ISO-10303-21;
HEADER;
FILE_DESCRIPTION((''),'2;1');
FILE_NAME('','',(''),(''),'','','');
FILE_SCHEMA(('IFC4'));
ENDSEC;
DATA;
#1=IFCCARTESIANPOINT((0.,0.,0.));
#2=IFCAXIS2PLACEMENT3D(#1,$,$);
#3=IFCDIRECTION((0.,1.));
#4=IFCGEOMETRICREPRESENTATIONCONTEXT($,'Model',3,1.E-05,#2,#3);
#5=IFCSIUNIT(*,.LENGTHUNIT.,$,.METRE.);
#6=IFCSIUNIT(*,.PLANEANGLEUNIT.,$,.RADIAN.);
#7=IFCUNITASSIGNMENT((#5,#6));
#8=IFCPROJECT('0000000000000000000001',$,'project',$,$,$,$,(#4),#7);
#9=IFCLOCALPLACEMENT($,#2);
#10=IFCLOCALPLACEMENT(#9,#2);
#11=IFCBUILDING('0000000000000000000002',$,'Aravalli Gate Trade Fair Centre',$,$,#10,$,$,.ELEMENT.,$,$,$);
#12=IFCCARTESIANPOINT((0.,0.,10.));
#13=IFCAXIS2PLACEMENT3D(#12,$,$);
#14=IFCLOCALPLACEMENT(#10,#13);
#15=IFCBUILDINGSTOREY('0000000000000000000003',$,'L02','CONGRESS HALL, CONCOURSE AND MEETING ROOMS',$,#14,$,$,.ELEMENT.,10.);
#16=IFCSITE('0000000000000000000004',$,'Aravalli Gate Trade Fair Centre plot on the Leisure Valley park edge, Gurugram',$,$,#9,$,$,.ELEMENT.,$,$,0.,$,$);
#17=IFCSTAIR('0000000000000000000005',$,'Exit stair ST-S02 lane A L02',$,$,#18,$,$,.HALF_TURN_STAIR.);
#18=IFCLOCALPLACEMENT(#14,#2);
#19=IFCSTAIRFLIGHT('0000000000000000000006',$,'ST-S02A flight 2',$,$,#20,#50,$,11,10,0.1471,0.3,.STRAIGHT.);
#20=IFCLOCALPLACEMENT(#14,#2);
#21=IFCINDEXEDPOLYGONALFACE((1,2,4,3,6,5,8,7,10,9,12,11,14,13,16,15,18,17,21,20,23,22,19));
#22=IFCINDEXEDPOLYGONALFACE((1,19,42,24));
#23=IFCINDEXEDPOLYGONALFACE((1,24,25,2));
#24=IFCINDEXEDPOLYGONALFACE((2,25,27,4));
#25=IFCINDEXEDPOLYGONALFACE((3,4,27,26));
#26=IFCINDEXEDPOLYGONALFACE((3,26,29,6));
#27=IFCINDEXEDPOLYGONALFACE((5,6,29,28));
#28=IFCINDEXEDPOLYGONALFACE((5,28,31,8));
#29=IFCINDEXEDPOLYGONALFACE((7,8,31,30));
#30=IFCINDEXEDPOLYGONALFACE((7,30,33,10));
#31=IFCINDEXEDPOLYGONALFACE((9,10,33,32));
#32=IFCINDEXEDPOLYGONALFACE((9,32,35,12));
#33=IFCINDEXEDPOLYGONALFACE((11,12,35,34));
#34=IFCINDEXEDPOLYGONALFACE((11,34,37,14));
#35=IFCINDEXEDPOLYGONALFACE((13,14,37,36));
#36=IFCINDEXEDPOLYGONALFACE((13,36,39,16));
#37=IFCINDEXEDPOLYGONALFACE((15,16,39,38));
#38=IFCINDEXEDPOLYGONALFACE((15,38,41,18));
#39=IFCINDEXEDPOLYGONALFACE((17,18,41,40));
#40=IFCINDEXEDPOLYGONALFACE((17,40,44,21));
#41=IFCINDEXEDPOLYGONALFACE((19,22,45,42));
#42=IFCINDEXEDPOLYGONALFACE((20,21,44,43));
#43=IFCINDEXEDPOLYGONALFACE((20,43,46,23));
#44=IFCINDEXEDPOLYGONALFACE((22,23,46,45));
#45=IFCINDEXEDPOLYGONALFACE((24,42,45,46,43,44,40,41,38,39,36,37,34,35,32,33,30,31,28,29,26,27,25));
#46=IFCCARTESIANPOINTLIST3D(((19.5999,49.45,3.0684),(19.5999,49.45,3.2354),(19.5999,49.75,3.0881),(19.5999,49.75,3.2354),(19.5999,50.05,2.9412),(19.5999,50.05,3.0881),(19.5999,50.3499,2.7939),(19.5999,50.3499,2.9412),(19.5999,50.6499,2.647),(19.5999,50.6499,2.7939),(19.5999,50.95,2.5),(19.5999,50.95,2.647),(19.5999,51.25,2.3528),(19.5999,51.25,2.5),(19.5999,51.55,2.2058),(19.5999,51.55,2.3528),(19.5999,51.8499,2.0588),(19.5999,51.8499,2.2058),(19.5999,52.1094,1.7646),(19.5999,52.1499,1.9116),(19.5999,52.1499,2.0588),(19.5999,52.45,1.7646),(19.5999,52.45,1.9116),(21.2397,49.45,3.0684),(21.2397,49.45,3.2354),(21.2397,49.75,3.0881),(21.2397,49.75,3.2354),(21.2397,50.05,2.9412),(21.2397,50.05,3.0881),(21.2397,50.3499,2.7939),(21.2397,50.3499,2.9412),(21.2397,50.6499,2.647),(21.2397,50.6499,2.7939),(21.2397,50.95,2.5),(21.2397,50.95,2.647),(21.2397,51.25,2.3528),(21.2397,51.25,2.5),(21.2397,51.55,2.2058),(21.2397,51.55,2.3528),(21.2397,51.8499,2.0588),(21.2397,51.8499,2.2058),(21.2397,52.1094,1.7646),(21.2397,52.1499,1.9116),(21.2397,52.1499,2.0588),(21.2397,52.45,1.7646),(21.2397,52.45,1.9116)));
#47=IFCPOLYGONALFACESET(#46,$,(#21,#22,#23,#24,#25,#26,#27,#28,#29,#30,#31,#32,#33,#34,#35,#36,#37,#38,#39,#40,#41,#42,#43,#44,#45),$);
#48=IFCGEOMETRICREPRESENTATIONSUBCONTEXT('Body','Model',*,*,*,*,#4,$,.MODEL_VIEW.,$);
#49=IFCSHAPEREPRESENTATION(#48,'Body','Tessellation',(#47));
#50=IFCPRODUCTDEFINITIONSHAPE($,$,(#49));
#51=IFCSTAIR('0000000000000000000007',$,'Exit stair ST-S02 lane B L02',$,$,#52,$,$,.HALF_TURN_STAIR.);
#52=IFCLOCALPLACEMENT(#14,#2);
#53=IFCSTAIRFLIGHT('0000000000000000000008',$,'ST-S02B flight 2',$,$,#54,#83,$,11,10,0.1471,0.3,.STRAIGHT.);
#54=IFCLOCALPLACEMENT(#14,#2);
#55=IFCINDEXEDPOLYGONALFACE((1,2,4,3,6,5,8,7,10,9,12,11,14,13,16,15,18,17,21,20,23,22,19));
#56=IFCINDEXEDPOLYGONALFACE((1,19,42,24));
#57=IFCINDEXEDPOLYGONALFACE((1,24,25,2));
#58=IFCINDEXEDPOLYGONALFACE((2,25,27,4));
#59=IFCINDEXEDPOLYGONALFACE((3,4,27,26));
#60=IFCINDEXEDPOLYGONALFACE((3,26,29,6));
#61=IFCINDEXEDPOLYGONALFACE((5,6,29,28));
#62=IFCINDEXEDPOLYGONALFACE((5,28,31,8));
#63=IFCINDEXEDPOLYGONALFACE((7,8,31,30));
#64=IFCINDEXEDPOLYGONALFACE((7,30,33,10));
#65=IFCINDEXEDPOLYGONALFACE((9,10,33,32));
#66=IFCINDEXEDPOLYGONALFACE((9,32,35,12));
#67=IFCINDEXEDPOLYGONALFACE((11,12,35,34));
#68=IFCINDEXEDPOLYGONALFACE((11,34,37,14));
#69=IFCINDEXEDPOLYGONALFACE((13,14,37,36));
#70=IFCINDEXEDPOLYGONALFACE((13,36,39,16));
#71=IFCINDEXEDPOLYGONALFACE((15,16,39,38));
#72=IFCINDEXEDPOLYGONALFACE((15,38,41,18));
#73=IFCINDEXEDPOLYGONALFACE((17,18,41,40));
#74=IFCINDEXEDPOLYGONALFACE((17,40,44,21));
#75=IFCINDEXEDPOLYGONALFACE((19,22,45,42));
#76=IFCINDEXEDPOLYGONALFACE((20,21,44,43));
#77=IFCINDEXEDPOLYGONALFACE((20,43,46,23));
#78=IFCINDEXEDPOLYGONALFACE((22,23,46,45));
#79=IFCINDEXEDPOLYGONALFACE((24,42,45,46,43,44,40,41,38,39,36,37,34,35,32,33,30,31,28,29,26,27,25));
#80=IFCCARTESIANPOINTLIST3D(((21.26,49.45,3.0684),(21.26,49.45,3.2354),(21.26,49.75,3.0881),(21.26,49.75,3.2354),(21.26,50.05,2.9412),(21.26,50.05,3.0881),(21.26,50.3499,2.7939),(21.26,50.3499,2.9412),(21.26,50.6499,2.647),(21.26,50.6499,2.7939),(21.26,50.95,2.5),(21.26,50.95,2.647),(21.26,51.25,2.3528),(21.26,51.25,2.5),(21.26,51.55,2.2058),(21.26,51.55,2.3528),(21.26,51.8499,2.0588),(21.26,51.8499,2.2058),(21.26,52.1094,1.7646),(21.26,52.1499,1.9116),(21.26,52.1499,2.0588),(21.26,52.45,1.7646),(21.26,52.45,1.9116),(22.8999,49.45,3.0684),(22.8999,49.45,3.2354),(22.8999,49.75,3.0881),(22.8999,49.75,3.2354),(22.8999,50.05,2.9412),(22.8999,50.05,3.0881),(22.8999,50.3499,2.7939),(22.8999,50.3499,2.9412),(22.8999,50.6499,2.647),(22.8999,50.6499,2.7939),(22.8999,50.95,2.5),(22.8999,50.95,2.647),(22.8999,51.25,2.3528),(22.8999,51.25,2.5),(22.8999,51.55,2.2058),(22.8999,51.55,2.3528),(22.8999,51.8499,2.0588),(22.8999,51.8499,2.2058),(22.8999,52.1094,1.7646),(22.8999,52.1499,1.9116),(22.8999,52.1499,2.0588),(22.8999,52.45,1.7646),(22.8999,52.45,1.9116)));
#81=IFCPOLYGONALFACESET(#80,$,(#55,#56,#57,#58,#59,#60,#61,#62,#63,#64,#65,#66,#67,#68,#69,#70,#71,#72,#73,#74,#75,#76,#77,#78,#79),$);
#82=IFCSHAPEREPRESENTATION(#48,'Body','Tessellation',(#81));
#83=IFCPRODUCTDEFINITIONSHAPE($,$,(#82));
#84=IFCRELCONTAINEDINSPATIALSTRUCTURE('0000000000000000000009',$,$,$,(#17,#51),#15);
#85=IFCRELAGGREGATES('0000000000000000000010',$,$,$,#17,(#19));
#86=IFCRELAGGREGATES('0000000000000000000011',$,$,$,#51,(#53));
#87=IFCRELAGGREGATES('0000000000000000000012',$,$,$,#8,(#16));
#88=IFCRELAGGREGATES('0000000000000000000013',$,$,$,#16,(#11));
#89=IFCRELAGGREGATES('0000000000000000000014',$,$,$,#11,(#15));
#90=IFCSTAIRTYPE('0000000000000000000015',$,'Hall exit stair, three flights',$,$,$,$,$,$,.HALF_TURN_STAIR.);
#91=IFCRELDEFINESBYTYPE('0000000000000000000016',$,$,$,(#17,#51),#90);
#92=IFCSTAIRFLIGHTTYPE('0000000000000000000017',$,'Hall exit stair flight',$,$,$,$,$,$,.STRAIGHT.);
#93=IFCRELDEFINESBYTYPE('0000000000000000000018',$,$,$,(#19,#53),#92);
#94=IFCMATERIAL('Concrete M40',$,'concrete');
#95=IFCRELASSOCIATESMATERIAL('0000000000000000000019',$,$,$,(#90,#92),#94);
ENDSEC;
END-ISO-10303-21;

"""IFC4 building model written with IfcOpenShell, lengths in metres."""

from ifc_helpers import new_model, si_unit, direction, frame, origin, place, context, subcontext, project, spatial, polyline, outline, extrude, material, type_object, element, aggregate, save


model = new_model("IFC4")

# Units and contexts
model_context = context("Model", 3, precision=1e-05, world=origin(), true_north=direction((0.0, 1.0)))
body_context = subcontext(model_context, "Body", "Model", "MODEL_VIEW")
ifc_project = project(units=[si_unit("LENGTHUNIT", "METRE"), si_unit("PLANEANGLEUNIT", "RADIAN")], contexts=[model_context])

# Site, building, storey
site_placement = place(None, origin())
site = spatial("IfcSite", under=ifc_project, at=site_placement, Name="Aravalli Gate Trade Fair Centre plot on the Leisure Valley park edge, Gurugram", CompositionType="ELEMENT", RefElevation=0.0)
building_placement = place(site_placement, origin())
building = spatial("IfcBuilding", under=site, at=building_placement, Name="Aravalli Gate Trade Fair Centre", CompositionType="ELEMENT")
storey_placement = place(building_placement, frame((0.0, 0.0, 10.0)))
storey = spatial("IfcBuildingStorey", under=building, at=storey_placement, Name="L02", Description="CONGRESS HALL, CONCOURSE AND MEETING ROOMS", CompositionType="ELEMENT", Elevation=10.0)

# Stairs, stair flights
ifc_material_1 = material(Name="Concrete M40", Category="concrete")
stair_type = type_object("IfcStairType", Name="Hall exit stair, three flights", PredefinedType="HALF_TURN_STAIR", material=ifc_material_1)
stair_1_placement = place(storey_placement, origin())
stair_1 = element("IfcStair", 1, at=stair_1_placement, inside=storey, type_object=stair_type, Name="Exit stair ST-S02 lane A L02", PredefinedType="HALF_TURN_STAIR")
stair_flight_type = type_object("IfcStairFlightType", Name="Hall exit stair flight", PredefinedType="STRAIGHT", material=ifc_material_1)
stair_flight_1_placement = place(storey_placement, frame((20.4199, 52.45, 1.7646), z_axis=(0.0, 0.0, 1.0), x_axis=(0.0, -1.0, 0.0)))
stair_flight_1 = element("IfcStairFlight", 2, at=stair_flight_1_placement, type_object=stair_flight_type, Name="ST-S02A flight 2", NumberOfRisers=11, NumberOfTreads=10, PredefinedType="STRAIGHT", RiserHeight=0.1471, TreadLength=0.3, context=body_context, shape_type="SweptSolid", body=[
    extrude(outline(polyline([(0.0, 0.0), (0.0, 0.147), (0.3, 0.147), (0.3, 0.2942), (0.6001, 0.2942), (0.6001, 0.4412), (0.8999, 0.4412), (0.8999, 0.5881), (1.2, 0.5881), (1.2, 0.7354), (1.5, 0.7354), (1.5, 0.8823), (1.8, 0.8823), (1.8, 1.0293), (2.1001, 1.0293), (2.1001, 1.1765), (2.3999, 1.1765), (2.3999, 1.3235), (2.7, 1.3235), (2.7, 1.4707), (3.0, 1.4707), (3.0, 1.6177), (3.0, 1.3037), (0.3406, 0.0), (0.0, 0.0)])), frame((0.0, 0.8198, 0.0), z_axis=(0.0, -1.0, 0.0), x_axis=(1.0, 0.0, 0.0)), (0.0, 0.0, 1.0), 1.6399),
])
aggregate(stair_1, [stair_flight_1])
stair_2_placement = place(storey_placement, origin())
stair_2 = element("IfcStair", 3, at=stair_2_placement, inside=storey, type_object=stair_type, Name="Exit stair ST-S02 lane B L02", PredefinedType="HALF_TURN_STAIR")
stair_flight_2_placement = place(storey_placement, frame((22.0801, 52.45, 1.7646), z_axis=(0.0, 0.0, 1.0), x_axis=(0.0, -1.0, 0.0)))
stair_flight_2 = element("IfcStairFlight", 4, at=stair_flight_2_placement, type_object=stair_flight_type, Name="ST-S02B flight 2", NumberOfRisers=11, NumberOfTreads=10, PredefinedType="STRAIGHT", RiserHeight=0.1471, TreadLength=0.3, context=body_context, shape_type="SweptSolid", body=[
    extrude(outline(polyline([(0.0, 0.0), (0.0, 0.147), (0.3, 0.147), (0.3, 0.2942), (0.6001, 0.2942), (0.6001, 0.4412), (0.8999, 0.4412), (0.8999, 0.5881), (1.2, 0.5881), (1.2, 0.7354), (1.5, 0.7354), (1.5, 0.8823), (1.8, 0.8823), (1.8, 1.0293), (2.1001, 1.0293), (2.1001, 1.1765), (2.3999, 1.1765), (2.3999, 1.3235), (2.7, 1.3235), (2.7, 1.4707), (3.0, 1.4707), (3.0, 1.6177), (3.0, 1.3037), (0.3406, 0.0), (0.0, 0.0)])), frame((0.0, 0.8198, 0.0), z_axis=(0.0, -1.0, 0.0), x_axis=(1.0, 0.0, 0.0)), (0.0, 0.0, 1.0), 1.6399),
])
aggregate(stair_2, [stair_flight_2])

save(model, "model.ifc")
